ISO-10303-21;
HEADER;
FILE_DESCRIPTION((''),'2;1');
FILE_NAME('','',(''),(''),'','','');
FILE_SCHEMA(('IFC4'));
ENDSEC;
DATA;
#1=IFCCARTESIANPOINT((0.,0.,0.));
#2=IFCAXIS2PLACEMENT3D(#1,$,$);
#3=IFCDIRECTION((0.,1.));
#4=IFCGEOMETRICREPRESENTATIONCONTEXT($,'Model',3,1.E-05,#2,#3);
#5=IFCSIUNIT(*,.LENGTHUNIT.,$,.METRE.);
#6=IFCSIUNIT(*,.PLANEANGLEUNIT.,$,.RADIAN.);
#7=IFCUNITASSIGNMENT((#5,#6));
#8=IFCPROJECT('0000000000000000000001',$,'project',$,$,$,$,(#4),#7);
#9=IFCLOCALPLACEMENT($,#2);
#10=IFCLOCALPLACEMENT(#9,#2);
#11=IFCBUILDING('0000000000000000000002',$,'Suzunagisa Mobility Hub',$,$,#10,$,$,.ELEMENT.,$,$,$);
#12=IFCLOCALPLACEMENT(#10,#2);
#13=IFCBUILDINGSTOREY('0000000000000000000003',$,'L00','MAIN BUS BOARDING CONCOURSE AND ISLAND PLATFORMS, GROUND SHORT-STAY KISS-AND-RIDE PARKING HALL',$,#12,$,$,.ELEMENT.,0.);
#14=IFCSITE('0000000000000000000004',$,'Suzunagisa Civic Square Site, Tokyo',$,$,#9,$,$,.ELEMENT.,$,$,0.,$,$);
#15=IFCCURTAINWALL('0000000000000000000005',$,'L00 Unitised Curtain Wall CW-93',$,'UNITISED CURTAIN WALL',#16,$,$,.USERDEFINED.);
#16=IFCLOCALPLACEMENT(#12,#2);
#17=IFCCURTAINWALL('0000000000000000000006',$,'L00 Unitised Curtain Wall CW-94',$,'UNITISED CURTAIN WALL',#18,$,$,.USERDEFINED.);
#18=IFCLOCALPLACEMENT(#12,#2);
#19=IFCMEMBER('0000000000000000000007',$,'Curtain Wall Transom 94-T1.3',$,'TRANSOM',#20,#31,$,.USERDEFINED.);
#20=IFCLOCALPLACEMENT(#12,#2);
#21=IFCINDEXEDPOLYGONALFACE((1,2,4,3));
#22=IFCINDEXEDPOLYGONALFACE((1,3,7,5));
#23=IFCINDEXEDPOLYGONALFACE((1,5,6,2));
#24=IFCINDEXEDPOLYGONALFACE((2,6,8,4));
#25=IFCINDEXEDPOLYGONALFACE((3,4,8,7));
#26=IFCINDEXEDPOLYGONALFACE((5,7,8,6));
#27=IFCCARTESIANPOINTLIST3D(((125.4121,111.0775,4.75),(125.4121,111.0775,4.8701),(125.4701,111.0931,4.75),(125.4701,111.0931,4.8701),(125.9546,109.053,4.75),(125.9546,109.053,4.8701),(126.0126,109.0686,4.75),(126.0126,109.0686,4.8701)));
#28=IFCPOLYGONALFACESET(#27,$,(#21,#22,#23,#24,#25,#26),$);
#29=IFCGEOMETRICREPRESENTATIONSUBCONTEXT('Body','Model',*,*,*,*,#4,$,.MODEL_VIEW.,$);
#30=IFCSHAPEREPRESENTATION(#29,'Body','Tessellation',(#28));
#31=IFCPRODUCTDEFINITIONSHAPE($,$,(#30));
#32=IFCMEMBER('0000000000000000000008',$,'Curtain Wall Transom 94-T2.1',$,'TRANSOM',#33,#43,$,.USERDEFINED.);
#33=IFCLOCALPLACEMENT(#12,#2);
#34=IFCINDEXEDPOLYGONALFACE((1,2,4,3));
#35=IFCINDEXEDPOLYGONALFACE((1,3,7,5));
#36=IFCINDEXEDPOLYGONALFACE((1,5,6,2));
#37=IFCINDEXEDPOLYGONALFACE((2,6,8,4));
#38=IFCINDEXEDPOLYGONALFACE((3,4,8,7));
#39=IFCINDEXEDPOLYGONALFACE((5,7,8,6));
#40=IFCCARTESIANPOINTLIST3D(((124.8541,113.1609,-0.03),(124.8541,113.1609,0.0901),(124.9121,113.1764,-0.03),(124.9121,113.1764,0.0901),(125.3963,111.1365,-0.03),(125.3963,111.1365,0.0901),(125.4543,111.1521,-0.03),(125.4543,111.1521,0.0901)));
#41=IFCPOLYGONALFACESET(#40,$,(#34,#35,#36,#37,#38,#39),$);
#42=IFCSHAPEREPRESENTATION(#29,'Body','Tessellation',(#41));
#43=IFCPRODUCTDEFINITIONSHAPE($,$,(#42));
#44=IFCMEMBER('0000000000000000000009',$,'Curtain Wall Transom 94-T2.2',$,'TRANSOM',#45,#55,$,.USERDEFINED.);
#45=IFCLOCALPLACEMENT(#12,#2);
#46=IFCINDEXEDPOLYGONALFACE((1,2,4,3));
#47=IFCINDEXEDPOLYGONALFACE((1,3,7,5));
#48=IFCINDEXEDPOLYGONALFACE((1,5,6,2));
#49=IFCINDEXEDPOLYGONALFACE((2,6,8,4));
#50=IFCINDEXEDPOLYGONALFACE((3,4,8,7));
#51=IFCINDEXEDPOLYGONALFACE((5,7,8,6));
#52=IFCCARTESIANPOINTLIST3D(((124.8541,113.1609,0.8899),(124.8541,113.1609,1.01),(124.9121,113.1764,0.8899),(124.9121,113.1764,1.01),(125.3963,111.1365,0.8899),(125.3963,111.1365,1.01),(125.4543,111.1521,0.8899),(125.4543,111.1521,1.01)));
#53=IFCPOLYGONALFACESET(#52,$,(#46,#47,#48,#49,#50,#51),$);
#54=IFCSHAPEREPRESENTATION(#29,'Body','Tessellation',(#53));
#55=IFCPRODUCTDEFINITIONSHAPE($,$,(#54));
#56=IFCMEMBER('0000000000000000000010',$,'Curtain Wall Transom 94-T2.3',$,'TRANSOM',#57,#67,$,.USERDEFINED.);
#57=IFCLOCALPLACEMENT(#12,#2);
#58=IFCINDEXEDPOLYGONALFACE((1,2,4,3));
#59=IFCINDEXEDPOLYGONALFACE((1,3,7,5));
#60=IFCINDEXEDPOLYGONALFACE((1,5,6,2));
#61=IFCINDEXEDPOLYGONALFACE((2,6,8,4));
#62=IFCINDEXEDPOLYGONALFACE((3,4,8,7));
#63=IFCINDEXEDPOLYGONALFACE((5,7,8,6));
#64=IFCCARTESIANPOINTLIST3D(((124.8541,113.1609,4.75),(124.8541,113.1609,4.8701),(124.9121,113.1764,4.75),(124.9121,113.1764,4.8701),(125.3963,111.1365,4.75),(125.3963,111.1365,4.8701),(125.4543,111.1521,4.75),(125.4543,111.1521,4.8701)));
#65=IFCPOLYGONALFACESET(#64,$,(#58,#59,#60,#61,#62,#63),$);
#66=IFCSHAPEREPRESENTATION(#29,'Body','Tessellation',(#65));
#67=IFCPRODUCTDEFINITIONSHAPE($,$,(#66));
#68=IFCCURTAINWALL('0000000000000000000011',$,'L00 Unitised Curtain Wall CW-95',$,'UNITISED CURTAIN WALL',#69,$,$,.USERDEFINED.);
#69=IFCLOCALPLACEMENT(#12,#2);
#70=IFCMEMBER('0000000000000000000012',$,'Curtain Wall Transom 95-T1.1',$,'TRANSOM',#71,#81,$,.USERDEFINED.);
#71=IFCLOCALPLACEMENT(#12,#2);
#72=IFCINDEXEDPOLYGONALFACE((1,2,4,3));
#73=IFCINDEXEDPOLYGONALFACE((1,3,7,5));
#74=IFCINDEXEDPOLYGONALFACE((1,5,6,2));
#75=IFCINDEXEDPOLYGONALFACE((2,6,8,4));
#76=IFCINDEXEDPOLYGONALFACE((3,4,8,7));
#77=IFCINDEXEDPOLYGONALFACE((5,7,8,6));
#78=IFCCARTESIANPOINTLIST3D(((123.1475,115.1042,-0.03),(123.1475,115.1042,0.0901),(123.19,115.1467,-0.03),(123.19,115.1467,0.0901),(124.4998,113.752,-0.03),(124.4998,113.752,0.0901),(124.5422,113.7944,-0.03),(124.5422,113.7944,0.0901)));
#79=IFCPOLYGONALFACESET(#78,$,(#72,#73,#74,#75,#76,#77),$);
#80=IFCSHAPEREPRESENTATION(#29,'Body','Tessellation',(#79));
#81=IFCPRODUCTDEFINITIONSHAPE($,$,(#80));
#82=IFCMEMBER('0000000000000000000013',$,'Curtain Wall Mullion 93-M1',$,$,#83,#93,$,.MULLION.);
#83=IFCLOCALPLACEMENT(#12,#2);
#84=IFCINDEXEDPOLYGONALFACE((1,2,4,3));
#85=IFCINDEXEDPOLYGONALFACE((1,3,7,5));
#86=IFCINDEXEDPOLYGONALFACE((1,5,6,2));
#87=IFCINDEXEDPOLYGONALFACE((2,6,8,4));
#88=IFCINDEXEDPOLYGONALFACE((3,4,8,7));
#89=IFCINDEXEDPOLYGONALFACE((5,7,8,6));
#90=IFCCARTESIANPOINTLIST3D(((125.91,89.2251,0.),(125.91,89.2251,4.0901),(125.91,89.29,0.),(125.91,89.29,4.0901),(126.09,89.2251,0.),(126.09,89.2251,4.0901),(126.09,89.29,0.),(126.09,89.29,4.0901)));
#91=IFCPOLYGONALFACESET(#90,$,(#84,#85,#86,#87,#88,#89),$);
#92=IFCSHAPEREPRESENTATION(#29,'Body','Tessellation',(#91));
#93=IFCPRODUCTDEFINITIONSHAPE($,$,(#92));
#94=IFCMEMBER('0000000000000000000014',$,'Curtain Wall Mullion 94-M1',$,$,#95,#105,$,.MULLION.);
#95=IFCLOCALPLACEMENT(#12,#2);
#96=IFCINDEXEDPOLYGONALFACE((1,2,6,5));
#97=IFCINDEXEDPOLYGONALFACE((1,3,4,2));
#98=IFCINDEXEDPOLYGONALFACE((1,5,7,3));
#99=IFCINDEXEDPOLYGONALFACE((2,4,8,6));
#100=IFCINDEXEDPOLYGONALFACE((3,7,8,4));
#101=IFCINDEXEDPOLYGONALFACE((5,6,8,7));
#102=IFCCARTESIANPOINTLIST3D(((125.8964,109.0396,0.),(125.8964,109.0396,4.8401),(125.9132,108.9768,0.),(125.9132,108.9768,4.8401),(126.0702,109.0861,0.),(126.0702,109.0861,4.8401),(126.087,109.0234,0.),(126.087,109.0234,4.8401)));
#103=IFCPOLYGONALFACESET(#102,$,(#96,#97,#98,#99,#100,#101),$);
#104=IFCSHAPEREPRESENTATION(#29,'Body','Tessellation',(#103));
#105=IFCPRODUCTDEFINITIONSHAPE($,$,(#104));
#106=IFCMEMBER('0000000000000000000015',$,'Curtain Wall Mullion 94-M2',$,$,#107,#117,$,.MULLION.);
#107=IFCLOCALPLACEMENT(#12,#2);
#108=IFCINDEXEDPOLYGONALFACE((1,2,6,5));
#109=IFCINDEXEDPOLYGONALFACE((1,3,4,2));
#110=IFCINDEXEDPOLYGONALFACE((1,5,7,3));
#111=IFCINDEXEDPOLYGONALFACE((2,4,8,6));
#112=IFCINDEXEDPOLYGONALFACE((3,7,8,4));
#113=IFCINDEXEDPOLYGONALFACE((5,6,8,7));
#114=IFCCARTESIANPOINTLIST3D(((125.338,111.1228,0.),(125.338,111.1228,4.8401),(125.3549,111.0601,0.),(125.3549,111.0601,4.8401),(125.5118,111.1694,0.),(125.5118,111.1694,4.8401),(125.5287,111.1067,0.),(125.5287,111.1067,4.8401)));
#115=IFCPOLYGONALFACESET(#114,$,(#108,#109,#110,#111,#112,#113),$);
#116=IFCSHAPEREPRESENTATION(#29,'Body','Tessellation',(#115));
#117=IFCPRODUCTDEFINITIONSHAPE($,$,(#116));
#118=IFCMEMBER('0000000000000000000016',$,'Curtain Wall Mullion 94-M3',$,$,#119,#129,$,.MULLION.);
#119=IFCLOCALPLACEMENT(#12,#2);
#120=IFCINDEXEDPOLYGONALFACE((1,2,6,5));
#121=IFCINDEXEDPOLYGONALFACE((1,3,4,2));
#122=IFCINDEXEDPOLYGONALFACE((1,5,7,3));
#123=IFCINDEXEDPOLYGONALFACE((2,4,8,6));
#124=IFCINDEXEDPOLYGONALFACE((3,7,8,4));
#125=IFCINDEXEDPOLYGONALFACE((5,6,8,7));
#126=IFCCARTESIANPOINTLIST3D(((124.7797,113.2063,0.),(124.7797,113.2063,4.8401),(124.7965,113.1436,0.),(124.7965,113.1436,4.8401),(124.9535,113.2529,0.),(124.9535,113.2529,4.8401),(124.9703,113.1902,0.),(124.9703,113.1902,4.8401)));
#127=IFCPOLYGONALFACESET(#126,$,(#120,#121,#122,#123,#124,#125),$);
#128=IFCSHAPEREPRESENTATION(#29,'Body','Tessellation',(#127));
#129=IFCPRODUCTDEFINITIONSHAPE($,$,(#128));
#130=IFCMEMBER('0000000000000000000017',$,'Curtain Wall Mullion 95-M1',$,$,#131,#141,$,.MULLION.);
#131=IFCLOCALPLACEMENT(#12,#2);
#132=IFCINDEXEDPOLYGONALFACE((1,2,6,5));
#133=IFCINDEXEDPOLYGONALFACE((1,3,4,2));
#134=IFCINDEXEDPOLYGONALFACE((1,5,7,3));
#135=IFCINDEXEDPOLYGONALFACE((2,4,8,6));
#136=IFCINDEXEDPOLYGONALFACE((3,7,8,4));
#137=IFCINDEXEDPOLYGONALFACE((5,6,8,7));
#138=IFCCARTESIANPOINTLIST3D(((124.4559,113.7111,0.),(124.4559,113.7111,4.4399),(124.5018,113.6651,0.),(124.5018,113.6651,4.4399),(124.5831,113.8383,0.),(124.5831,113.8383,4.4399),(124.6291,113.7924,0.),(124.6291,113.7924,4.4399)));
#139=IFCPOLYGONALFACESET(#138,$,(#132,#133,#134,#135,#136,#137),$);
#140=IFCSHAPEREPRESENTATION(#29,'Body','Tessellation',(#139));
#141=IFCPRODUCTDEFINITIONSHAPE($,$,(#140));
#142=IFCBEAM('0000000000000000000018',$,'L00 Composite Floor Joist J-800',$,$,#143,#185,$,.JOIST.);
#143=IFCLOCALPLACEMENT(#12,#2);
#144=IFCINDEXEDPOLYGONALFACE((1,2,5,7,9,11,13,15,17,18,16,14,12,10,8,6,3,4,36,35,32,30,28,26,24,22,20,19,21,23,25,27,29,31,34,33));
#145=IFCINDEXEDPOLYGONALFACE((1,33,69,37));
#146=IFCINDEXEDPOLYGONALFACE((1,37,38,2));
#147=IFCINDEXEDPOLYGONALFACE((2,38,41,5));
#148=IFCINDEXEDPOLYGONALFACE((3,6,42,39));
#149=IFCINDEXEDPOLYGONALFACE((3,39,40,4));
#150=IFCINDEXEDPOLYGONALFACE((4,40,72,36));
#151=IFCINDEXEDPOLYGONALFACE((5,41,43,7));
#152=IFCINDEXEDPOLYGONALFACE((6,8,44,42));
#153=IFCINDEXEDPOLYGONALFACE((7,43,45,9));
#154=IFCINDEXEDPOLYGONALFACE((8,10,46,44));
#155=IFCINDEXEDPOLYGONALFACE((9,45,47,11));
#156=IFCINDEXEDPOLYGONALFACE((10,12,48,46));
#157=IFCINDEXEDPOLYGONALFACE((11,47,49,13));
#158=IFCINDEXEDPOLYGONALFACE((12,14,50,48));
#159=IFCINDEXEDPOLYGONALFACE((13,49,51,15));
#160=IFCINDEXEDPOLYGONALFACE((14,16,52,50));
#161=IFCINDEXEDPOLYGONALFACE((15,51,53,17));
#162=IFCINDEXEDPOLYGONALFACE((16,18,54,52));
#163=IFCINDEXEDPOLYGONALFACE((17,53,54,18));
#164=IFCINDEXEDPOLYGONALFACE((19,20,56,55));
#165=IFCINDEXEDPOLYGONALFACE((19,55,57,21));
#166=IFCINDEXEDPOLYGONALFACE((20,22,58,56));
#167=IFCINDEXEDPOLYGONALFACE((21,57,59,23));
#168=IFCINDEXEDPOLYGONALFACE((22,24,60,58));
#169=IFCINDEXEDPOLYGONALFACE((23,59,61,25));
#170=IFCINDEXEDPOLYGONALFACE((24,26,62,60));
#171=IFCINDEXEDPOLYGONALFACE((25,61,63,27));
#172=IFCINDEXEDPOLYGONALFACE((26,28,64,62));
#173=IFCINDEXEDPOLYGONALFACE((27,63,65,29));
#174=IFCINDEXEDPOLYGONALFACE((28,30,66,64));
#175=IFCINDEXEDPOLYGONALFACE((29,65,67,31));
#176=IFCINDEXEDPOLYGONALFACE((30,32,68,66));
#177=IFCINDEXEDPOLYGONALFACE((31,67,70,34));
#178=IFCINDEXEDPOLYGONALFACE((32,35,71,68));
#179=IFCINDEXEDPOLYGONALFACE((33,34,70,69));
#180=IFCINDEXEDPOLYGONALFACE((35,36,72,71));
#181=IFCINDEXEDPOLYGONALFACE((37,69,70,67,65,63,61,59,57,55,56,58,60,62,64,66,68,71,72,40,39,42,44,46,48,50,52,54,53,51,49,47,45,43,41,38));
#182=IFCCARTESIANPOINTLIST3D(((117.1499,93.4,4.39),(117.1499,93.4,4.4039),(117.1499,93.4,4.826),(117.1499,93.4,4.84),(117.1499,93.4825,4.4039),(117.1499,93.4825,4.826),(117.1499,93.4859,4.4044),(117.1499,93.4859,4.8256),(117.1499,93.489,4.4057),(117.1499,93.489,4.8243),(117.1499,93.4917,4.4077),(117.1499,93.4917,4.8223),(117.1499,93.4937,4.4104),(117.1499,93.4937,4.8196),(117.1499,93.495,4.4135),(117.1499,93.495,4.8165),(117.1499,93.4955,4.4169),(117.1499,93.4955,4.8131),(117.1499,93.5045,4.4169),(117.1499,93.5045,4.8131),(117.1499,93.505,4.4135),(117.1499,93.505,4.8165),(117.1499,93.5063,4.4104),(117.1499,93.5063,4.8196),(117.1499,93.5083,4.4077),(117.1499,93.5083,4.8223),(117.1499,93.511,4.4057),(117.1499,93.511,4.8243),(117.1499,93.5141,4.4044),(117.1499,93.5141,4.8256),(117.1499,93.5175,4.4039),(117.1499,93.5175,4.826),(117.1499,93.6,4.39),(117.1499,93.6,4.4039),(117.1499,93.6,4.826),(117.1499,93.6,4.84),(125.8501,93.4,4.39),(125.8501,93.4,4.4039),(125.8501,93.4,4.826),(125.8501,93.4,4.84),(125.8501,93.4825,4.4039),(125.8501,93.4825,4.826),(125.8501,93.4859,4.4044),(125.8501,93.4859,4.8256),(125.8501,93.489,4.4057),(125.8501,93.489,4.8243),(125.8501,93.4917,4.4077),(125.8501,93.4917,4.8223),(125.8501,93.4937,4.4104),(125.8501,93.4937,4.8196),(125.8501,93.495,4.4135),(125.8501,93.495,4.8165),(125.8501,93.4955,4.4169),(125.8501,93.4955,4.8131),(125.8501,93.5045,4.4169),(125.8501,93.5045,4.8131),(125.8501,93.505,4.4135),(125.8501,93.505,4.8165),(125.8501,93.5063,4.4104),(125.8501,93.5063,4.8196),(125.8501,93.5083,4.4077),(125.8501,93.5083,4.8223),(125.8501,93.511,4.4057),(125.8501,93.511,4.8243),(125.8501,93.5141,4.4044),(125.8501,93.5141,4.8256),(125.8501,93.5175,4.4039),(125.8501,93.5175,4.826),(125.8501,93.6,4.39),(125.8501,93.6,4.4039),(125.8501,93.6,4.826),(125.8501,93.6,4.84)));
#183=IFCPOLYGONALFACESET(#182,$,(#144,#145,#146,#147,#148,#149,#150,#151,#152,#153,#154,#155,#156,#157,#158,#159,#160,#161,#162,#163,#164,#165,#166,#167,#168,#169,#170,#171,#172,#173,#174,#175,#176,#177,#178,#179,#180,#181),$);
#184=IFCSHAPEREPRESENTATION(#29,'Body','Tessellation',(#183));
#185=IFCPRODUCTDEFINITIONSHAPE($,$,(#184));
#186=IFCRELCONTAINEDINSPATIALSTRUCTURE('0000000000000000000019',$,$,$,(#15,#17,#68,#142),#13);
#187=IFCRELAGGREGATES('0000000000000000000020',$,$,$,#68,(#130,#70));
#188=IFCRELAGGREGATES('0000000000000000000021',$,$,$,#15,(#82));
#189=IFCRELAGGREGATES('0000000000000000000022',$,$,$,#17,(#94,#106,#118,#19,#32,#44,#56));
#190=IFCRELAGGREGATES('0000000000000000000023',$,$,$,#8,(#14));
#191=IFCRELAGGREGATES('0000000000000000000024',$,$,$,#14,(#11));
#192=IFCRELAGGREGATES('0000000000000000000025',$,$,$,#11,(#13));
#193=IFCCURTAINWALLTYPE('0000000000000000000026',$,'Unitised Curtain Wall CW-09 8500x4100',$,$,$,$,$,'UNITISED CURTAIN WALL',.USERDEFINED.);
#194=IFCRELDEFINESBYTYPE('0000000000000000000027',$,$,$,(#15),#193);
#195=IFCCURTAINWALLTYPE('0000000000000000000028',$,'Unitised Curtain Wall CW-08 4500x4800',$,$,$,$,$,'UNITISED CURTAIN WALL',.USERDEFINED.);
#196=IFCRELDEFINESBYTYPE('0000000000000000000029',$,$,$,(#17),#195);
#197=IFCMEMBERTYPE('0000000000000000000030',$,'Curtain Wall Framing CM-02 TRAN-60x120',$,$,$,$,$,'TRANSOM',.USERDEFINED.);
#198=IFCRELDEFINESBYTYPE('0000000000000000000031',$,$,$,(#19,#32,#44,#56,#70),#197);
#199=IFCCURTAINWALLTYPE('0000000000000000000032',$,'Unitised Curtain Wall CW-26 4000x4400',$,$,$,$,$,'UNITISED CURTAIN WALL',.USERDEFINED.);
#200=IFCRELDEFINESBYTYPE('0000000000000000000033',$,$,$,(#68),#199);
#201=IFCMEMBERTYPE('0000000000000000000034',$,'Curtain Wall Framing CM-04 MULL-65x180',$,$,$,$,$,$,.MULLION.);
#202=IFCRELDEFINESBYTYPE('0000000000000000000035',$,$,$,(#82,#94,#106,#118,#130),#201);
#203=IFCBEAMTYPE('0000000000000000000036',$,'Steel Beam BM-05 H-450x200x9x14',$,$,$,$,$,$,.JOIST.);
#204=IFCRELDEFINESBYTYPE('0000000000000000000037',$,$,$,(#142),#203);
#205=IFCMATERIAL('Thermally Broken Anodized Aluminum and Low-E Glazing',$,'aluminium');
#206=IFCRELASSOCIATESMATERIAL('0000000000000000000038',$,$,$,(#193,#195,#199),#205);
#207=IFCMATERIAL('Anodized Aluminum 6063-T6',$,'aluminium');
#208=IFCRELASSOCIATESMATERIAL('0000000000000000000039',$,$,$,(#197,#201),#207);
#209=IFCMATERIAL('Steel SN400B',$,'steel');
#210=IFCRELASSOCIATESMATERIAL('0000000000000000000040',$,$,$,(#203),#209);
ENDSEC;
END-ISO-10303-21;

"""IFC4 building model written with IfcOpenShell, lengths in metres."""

from ifc_helpers import new_model, si_unit, direction, frame, origin, origin_2d, place, context, subcontext, project, spatial, rectangle, i_section, extrude, material, material_profile, profile_set, type_object, element, aggregate, save


model = new_model("IFC4")

# Units and contexts
model_context = context("Model", 3, precision=1e-05, world=origin(), true_north=direction((0.0, 1.0)))
body_context = subcontext(model_context, "Body", "Model", "MODEL_VIEW")
ifc_project = project(units=[si_unit("LENGTHUNIT", "METRE"), si_unit("PLANEANGLEUNIT", "RADIAN")], contexts=[model_context])

# Site, building, storey
site_placement = place(None, origin())
site = spatial("IfcSite", under=ifc_project, at=site_placement, Name="Suzunagisa Civic Square Site, Tokyo", CompositionType="ELEMENT", RefElevation=0.0)
building_placement = place(site_placement, origin())
building = spatial("IfcBuilding", under=site, at=building_placement, Name="Suzunagisa Mobility Hub", CompositionType="ELEMENT")
storey_placement = place(building_placement, origin())
storey = spatial("IfcBuildingStorey", under=building, at=storey_placement, Name="L00", Description="MAIN BUS BOARDING CONCOURSE AND ISLAND PLATFORMS, GROUND SHORT-STAY KISS-AND-RIDE PARKING HALL", CompositionType="ELEMENT", Elevation=0.0)

# Curtain walls, members
ifc_material_1 = material(Name="Thermally Broken Anodized Aluminum and Low-E Glazing", Category="aluminium")
curtain_wall_type_1 = type_object("IfcCurtainWallType", Name="Unitised Curtain Wall CW-09 8500x4100", ElementType="UNITISED CURTAIN WALL", PredefinedType="USERDEFINED", material=ifc_material_1)
curtain_wall_1_placement = place(storey_placement, origin())
curtain_wall_1 = element("IfcCurtainWall", 1, at=curtain_wall_1_placement, inside=storey, type_object=curtain_wall_type_1, Name="L00 Unitised Curtain Wall CW-93", ObjectType="UNITISED CURTAIN WALL", PredefinedType="USERDEFINED")
ifc_material_2 = material(Name="Anodized Aluminum 6063-T6", Category="aluminium")
curtain_wall_type_2 = type_object("IfcCurtainWallType", Name="Unitised Curtain Wall CW-08 4500x4800", ElementType="UNITISED CURTAIN WALL", PredefinedType="USERDEFINED", material=ifc_material_1)
curtain_wall_2_placement = place(storey_placement, origin())
curtain_wall_2 = element("IfcCurtainWall", 2, at=curtain_wall_2_placement, inside=storey, type_object=curtain_wall_type_2, Name="L00 Unitised Curtain Wall CW-94", ObjectType="UNITISED CURTAIN WALL", PredefinedType="USERDEFINED")
ifc_material_profile_1 = material_profile(ifc_material_2, rectangle(XDim=0.0601, YDim=0.1201, at=origin_2d()), Name="TRAN-60x120")
ifc_profile_set_1 = profile_set([ifc_material_profile_1], Name="Anodized Aluminum 6063-T6")
member_type_1 = type_object("IfcMemberType", Name="Curtain Wall Framing CM-02 TRAN-60x120", ElementType="TRANSOM", PredefinedType="USERDEFINED", material=ifc_profile_set_1)
member_1_placement = place(storey_placement, frame((125.9836, 109.0608, 4.8101), z_axis=(-0.258837, 0.965921, 0.0), x_axis=(-0.965921, -0.258837, 0.0)))
member_1 = element("IfcMember", 3, at=member_1_placement, type_object=member_type_1, Name="Curtain Wall Transom 94-T1.3", ObjectType="TRANSOM", PredefinedType="USERDEFINED", context=body_context, shape_type="SweptSolid", body=[
    extrude(rectangle(XDim=0.0601, YDim=0.1201, at=origin_2d()), origin(), (0.0, 0.0, 1.0), 2.0959),
])
member_2_placement = place(storey_placement, frame((125.4253, 111.1443, 0.03), z_axis=(-0.258728, 0.96595, 0.0), x_axis=(-0.96595, -0.258728, 0.0)))
member_2 = element("IfcMember", 4, at=member_2_placement, type_object=member_type_1, Name="Curtain Wall Transom 94-T2.1", ObjectType="TRANSOM", PredefinedType="USERDEFINED", context=body_context, shape_type="SweptSolid", body=[
    extrude(rectangle(XDim=0.0601, YDim=0.1201, at=origin_2d()), origin(), (0.0, 0.0, 1.0), 2.0957),
])
member_3_placement = place(storey_placement, frame((125.4253, 111.1443, 0.95), z_axis=(-0.258728, 0.96595, 0.0), x_axis=(-0.96595, -0.258728, 0.0)))
member_3 = element("IfcMember", 5, at=member_3_placement, type_object=member_type_1, Name="Curtain Wall Transom 94-T2.2", ObjectType="TRANSOM", PredefinedType="USERDEFINED", context=body_context, shape_type="SweptSolid", body=[
    extrude(rectangle(XDim=0.0601, YDim=0.1201, at=origin_2d()), origin(), (0.0, 0.0, 1.0), 2.0957),
])
member_4_placement = place(storey_placement, frame((125.4253, 111.1443, 4.8101), z_axis=(-0.258728, 0.96595, 0.0), x_axis=(-0.96595, -0.258728, 0.0)))
member_4 = element("IfcMember", 6, at=member_4_placement, type_object=member_type_1, Name="Curtain Wall Transom 94-T2.3", ObjectType="TRANSOM", PredefinedType="USERDEFINED", context=body_context, shape_type="SweptSolid", body=[
    extrude(rectangle(XDim=0.0601, YDim=0.1201, at=origin_2d()), origin(), (0.0, 0.0, 1.0), 2.0957),
])

# Curtain wall, member
curtain_wall_type_3 = type_object("IfcCurtainWallType", Name="Unitised Curtain Wall CW-26 4000x4400", ElementType="UNITISED CURTAIN WALL", PredefinedType="USERDEFINED", material=ifc_material_1)
curtain_wall_3_placement = place(storey_placement, origin())
curtain_wall_3 = element("IfcCurtainWall", 7, at=curtain_wall_3_placement, inside=storey, type_object=curtain_wall_type_3, Name="L00 Unitised Curtain Wall CW-95", ObjectType="UNITISED CURTAIN WALL", PredefinedType="USERDEFINED")
member_5_placement = place(storey_placement, frame((124.521, 113.7732, 0.03), z_axis=(-0.707107, 0.707107, 0.0), x_axis=(-0.707107, -0.707107, 0.0)))
member_5 = element("IfcMember", 8, at=member_5_placement, type_object=member_type_1, Name="Curtain Wall Transom 95-T1.1", ObjectType="TRANSOM", PredefinedType="USERDEFINED", context=body_context, shape_type="SweptSolid", body=[
    extrude(rectangle(XDim=0.0601, YDim=0.1201, at=origin_2d()), origin(), (0.0, 0.0, 1.0), 1.9124),
])

# Members
ifc_material_profile_2 = material_profile(ifc_material_2, rectangle(XDim=0.0649, YDim=0.1799, at=origin_2d()), Name="MULL-65x180")
ifc_profile_set_2 = profile_set([ifc_material_profile_2], Name="Anodized Aluminum 6063-T6")
member_type_2 = type_object("IfcMemberType", Name="Curtain Wall Framing CM-04 MULL-65x180", PredefinedType="MULLION", material=ifc_profile_set_2)
member_6_placement = place(storey_placement, frame((126.0, 89.2576, 0.0), z_axis=(0.0, 0.0, 1.0), x_axis=(0.0, 1.0, 0.0)))
member_6 = element("IfcMember", 9, at=member_6_placement, type_object=member_type_2, Name="Curtain Wall Mullion 93-M1", PredefinedType="MULLION", context=body_context, shape_type="SweptSolid", body=[
    extrude(rectangle(XDim=0.0649, YDim=0.1799, at=origin_2d()), origin(), (0.0, 0.0, 1.0), 4.0901),
])
member_7_placement = place(storey_placement, frame((125.9917, 109.0315, 0.0), z_axis=(0.0, 0.0, 1.0), x_axis=(-0.258815, 0.965927, 0.0)))
member_7 = element("IfcMember", 10, at=member_7_placement, type_object=member_type_2, Name="Curtain Wall Mullion 94-M1", PredefinedType="MULLION", context=body_context, shape_type="SweptSolid", body=[
    extrude(rectangle(XDim=0.0649, YDim=0.1799, at=origin_2d()), origin(), (0.0, 0.0, 1.0), 4.8401),
])
member_8_placement = place(storey_placement, frame((125.4333, 111.1147, 0.0), z_axis=(0.0, 0.0, 1.0), x_axis=(-0.258815, 0.965927, 0.0)))
member_8 = element("IfcMember", 11, at=member_8_placement, type_object=member_type_2, Name="Curtain Wall Mullion 94-M2", PredefinedType="MULLION", context=body_context, shape_type="SweptSolid", body=[
    extrude(rectangle(XDim=0.0649, YDim=0.1799, at=origin_2d()), origin(), (0.0, 0.0, 1.0), 4.8401),
])
member_9_placement = place(storey_placement, frame((124.875, 113.1982, 0.0), z_axis=(0.0, 0.0, 1.0), x_axis=(-0.258815, 0.965927, 0.0)))
member_9 = element("IfcMember", 12, at=member_9_placement, type_object=member_type_2, Name="Curtain Wall Mullion 94-M3", PredefinedType="MULLION", context=body_context, shape_type="SweptSolid", body=[
    extrude(rectangle(XDim=0.0649, YDim=0.1799, at=origin_2d()), origin(), (0.0, 0.0, 1.0), 4.8401),
])
member_10_placement = place(storey_placement, frame((124.5425, 113.7517, 0.0), z_axis=(0.0, 0.0, 1.0), x_axis=(-0.707107, 0.707107, 0.0)))
member_10 = element("IfcMember", 13, at=member_10_placement, type_object=member_type_2, Name="Curtain Wall Mullion 95-M1", PredefinedType="MULLION", context=body_context, shape_type="SweptSolid", body=[
    extrude(rectangle(XDim=0.0649, YDim=0.1799, at=origin_2d()), origin(), (0.0, 0.0, 1.0), 4.4399),
])
aggregate(curtain_wall_3, [member_10, member_5])

# Beam
ifc_material_3 = material(Name="Steel SN400B", Category="steel")
ifc_material_profile_3 = material_profile(ifc_material_3, i_section(OverallWidth=0.2, OverallDepth=0.45, WebThickness=0.009, FlangeThickness=0.0139, FilletRadius=0.0129, at=origin_2d()), Name="H-450x200x9x14")
ifc_profile_set_3 = profile_set([ifc_material_profile_3], Name="Steel SN400B")
beam_type_1 = type_object("IfcBeamType", Name="Steel Beam BM-05 H-450x200x9x14", PredefinedType="JOIST", material=ifc_profile_set_3)
for number, where, z_axis, x_axis, name in (
    (14, (117.1499, 93.5, 4.615), (1.0, 0.0, 0.0), (0.0, 1.0, 0.0), "L00 Composite Floor Joist J-800"),
):
    element("IfcBeam", number, at=place(storey_placement, frame(where, z_axis=z_axis, x_axis=x_axis)), inside=storey, type_object=beam_type_1, Name=name, PredefinedType="JOIST", context=body_context, shape_type="SweptSolid", body=[
        extrude(i_section(OverallWidth=0.2, OverallDepth=0.45, WebThickness=0.009, FlangeThickness=0.0139, FilletRadius=0.0129, at=origin_2d()), origin(), (0.0, 0.0, 1.0), 8.7002),
    ])

aggregate(curtain_wall_1, [member_6])
aggregate(curtain_wall_2, [member_7, member_8, member_9, member_1, member_2, member_3, member_4])

save(model, "model.ifc")
